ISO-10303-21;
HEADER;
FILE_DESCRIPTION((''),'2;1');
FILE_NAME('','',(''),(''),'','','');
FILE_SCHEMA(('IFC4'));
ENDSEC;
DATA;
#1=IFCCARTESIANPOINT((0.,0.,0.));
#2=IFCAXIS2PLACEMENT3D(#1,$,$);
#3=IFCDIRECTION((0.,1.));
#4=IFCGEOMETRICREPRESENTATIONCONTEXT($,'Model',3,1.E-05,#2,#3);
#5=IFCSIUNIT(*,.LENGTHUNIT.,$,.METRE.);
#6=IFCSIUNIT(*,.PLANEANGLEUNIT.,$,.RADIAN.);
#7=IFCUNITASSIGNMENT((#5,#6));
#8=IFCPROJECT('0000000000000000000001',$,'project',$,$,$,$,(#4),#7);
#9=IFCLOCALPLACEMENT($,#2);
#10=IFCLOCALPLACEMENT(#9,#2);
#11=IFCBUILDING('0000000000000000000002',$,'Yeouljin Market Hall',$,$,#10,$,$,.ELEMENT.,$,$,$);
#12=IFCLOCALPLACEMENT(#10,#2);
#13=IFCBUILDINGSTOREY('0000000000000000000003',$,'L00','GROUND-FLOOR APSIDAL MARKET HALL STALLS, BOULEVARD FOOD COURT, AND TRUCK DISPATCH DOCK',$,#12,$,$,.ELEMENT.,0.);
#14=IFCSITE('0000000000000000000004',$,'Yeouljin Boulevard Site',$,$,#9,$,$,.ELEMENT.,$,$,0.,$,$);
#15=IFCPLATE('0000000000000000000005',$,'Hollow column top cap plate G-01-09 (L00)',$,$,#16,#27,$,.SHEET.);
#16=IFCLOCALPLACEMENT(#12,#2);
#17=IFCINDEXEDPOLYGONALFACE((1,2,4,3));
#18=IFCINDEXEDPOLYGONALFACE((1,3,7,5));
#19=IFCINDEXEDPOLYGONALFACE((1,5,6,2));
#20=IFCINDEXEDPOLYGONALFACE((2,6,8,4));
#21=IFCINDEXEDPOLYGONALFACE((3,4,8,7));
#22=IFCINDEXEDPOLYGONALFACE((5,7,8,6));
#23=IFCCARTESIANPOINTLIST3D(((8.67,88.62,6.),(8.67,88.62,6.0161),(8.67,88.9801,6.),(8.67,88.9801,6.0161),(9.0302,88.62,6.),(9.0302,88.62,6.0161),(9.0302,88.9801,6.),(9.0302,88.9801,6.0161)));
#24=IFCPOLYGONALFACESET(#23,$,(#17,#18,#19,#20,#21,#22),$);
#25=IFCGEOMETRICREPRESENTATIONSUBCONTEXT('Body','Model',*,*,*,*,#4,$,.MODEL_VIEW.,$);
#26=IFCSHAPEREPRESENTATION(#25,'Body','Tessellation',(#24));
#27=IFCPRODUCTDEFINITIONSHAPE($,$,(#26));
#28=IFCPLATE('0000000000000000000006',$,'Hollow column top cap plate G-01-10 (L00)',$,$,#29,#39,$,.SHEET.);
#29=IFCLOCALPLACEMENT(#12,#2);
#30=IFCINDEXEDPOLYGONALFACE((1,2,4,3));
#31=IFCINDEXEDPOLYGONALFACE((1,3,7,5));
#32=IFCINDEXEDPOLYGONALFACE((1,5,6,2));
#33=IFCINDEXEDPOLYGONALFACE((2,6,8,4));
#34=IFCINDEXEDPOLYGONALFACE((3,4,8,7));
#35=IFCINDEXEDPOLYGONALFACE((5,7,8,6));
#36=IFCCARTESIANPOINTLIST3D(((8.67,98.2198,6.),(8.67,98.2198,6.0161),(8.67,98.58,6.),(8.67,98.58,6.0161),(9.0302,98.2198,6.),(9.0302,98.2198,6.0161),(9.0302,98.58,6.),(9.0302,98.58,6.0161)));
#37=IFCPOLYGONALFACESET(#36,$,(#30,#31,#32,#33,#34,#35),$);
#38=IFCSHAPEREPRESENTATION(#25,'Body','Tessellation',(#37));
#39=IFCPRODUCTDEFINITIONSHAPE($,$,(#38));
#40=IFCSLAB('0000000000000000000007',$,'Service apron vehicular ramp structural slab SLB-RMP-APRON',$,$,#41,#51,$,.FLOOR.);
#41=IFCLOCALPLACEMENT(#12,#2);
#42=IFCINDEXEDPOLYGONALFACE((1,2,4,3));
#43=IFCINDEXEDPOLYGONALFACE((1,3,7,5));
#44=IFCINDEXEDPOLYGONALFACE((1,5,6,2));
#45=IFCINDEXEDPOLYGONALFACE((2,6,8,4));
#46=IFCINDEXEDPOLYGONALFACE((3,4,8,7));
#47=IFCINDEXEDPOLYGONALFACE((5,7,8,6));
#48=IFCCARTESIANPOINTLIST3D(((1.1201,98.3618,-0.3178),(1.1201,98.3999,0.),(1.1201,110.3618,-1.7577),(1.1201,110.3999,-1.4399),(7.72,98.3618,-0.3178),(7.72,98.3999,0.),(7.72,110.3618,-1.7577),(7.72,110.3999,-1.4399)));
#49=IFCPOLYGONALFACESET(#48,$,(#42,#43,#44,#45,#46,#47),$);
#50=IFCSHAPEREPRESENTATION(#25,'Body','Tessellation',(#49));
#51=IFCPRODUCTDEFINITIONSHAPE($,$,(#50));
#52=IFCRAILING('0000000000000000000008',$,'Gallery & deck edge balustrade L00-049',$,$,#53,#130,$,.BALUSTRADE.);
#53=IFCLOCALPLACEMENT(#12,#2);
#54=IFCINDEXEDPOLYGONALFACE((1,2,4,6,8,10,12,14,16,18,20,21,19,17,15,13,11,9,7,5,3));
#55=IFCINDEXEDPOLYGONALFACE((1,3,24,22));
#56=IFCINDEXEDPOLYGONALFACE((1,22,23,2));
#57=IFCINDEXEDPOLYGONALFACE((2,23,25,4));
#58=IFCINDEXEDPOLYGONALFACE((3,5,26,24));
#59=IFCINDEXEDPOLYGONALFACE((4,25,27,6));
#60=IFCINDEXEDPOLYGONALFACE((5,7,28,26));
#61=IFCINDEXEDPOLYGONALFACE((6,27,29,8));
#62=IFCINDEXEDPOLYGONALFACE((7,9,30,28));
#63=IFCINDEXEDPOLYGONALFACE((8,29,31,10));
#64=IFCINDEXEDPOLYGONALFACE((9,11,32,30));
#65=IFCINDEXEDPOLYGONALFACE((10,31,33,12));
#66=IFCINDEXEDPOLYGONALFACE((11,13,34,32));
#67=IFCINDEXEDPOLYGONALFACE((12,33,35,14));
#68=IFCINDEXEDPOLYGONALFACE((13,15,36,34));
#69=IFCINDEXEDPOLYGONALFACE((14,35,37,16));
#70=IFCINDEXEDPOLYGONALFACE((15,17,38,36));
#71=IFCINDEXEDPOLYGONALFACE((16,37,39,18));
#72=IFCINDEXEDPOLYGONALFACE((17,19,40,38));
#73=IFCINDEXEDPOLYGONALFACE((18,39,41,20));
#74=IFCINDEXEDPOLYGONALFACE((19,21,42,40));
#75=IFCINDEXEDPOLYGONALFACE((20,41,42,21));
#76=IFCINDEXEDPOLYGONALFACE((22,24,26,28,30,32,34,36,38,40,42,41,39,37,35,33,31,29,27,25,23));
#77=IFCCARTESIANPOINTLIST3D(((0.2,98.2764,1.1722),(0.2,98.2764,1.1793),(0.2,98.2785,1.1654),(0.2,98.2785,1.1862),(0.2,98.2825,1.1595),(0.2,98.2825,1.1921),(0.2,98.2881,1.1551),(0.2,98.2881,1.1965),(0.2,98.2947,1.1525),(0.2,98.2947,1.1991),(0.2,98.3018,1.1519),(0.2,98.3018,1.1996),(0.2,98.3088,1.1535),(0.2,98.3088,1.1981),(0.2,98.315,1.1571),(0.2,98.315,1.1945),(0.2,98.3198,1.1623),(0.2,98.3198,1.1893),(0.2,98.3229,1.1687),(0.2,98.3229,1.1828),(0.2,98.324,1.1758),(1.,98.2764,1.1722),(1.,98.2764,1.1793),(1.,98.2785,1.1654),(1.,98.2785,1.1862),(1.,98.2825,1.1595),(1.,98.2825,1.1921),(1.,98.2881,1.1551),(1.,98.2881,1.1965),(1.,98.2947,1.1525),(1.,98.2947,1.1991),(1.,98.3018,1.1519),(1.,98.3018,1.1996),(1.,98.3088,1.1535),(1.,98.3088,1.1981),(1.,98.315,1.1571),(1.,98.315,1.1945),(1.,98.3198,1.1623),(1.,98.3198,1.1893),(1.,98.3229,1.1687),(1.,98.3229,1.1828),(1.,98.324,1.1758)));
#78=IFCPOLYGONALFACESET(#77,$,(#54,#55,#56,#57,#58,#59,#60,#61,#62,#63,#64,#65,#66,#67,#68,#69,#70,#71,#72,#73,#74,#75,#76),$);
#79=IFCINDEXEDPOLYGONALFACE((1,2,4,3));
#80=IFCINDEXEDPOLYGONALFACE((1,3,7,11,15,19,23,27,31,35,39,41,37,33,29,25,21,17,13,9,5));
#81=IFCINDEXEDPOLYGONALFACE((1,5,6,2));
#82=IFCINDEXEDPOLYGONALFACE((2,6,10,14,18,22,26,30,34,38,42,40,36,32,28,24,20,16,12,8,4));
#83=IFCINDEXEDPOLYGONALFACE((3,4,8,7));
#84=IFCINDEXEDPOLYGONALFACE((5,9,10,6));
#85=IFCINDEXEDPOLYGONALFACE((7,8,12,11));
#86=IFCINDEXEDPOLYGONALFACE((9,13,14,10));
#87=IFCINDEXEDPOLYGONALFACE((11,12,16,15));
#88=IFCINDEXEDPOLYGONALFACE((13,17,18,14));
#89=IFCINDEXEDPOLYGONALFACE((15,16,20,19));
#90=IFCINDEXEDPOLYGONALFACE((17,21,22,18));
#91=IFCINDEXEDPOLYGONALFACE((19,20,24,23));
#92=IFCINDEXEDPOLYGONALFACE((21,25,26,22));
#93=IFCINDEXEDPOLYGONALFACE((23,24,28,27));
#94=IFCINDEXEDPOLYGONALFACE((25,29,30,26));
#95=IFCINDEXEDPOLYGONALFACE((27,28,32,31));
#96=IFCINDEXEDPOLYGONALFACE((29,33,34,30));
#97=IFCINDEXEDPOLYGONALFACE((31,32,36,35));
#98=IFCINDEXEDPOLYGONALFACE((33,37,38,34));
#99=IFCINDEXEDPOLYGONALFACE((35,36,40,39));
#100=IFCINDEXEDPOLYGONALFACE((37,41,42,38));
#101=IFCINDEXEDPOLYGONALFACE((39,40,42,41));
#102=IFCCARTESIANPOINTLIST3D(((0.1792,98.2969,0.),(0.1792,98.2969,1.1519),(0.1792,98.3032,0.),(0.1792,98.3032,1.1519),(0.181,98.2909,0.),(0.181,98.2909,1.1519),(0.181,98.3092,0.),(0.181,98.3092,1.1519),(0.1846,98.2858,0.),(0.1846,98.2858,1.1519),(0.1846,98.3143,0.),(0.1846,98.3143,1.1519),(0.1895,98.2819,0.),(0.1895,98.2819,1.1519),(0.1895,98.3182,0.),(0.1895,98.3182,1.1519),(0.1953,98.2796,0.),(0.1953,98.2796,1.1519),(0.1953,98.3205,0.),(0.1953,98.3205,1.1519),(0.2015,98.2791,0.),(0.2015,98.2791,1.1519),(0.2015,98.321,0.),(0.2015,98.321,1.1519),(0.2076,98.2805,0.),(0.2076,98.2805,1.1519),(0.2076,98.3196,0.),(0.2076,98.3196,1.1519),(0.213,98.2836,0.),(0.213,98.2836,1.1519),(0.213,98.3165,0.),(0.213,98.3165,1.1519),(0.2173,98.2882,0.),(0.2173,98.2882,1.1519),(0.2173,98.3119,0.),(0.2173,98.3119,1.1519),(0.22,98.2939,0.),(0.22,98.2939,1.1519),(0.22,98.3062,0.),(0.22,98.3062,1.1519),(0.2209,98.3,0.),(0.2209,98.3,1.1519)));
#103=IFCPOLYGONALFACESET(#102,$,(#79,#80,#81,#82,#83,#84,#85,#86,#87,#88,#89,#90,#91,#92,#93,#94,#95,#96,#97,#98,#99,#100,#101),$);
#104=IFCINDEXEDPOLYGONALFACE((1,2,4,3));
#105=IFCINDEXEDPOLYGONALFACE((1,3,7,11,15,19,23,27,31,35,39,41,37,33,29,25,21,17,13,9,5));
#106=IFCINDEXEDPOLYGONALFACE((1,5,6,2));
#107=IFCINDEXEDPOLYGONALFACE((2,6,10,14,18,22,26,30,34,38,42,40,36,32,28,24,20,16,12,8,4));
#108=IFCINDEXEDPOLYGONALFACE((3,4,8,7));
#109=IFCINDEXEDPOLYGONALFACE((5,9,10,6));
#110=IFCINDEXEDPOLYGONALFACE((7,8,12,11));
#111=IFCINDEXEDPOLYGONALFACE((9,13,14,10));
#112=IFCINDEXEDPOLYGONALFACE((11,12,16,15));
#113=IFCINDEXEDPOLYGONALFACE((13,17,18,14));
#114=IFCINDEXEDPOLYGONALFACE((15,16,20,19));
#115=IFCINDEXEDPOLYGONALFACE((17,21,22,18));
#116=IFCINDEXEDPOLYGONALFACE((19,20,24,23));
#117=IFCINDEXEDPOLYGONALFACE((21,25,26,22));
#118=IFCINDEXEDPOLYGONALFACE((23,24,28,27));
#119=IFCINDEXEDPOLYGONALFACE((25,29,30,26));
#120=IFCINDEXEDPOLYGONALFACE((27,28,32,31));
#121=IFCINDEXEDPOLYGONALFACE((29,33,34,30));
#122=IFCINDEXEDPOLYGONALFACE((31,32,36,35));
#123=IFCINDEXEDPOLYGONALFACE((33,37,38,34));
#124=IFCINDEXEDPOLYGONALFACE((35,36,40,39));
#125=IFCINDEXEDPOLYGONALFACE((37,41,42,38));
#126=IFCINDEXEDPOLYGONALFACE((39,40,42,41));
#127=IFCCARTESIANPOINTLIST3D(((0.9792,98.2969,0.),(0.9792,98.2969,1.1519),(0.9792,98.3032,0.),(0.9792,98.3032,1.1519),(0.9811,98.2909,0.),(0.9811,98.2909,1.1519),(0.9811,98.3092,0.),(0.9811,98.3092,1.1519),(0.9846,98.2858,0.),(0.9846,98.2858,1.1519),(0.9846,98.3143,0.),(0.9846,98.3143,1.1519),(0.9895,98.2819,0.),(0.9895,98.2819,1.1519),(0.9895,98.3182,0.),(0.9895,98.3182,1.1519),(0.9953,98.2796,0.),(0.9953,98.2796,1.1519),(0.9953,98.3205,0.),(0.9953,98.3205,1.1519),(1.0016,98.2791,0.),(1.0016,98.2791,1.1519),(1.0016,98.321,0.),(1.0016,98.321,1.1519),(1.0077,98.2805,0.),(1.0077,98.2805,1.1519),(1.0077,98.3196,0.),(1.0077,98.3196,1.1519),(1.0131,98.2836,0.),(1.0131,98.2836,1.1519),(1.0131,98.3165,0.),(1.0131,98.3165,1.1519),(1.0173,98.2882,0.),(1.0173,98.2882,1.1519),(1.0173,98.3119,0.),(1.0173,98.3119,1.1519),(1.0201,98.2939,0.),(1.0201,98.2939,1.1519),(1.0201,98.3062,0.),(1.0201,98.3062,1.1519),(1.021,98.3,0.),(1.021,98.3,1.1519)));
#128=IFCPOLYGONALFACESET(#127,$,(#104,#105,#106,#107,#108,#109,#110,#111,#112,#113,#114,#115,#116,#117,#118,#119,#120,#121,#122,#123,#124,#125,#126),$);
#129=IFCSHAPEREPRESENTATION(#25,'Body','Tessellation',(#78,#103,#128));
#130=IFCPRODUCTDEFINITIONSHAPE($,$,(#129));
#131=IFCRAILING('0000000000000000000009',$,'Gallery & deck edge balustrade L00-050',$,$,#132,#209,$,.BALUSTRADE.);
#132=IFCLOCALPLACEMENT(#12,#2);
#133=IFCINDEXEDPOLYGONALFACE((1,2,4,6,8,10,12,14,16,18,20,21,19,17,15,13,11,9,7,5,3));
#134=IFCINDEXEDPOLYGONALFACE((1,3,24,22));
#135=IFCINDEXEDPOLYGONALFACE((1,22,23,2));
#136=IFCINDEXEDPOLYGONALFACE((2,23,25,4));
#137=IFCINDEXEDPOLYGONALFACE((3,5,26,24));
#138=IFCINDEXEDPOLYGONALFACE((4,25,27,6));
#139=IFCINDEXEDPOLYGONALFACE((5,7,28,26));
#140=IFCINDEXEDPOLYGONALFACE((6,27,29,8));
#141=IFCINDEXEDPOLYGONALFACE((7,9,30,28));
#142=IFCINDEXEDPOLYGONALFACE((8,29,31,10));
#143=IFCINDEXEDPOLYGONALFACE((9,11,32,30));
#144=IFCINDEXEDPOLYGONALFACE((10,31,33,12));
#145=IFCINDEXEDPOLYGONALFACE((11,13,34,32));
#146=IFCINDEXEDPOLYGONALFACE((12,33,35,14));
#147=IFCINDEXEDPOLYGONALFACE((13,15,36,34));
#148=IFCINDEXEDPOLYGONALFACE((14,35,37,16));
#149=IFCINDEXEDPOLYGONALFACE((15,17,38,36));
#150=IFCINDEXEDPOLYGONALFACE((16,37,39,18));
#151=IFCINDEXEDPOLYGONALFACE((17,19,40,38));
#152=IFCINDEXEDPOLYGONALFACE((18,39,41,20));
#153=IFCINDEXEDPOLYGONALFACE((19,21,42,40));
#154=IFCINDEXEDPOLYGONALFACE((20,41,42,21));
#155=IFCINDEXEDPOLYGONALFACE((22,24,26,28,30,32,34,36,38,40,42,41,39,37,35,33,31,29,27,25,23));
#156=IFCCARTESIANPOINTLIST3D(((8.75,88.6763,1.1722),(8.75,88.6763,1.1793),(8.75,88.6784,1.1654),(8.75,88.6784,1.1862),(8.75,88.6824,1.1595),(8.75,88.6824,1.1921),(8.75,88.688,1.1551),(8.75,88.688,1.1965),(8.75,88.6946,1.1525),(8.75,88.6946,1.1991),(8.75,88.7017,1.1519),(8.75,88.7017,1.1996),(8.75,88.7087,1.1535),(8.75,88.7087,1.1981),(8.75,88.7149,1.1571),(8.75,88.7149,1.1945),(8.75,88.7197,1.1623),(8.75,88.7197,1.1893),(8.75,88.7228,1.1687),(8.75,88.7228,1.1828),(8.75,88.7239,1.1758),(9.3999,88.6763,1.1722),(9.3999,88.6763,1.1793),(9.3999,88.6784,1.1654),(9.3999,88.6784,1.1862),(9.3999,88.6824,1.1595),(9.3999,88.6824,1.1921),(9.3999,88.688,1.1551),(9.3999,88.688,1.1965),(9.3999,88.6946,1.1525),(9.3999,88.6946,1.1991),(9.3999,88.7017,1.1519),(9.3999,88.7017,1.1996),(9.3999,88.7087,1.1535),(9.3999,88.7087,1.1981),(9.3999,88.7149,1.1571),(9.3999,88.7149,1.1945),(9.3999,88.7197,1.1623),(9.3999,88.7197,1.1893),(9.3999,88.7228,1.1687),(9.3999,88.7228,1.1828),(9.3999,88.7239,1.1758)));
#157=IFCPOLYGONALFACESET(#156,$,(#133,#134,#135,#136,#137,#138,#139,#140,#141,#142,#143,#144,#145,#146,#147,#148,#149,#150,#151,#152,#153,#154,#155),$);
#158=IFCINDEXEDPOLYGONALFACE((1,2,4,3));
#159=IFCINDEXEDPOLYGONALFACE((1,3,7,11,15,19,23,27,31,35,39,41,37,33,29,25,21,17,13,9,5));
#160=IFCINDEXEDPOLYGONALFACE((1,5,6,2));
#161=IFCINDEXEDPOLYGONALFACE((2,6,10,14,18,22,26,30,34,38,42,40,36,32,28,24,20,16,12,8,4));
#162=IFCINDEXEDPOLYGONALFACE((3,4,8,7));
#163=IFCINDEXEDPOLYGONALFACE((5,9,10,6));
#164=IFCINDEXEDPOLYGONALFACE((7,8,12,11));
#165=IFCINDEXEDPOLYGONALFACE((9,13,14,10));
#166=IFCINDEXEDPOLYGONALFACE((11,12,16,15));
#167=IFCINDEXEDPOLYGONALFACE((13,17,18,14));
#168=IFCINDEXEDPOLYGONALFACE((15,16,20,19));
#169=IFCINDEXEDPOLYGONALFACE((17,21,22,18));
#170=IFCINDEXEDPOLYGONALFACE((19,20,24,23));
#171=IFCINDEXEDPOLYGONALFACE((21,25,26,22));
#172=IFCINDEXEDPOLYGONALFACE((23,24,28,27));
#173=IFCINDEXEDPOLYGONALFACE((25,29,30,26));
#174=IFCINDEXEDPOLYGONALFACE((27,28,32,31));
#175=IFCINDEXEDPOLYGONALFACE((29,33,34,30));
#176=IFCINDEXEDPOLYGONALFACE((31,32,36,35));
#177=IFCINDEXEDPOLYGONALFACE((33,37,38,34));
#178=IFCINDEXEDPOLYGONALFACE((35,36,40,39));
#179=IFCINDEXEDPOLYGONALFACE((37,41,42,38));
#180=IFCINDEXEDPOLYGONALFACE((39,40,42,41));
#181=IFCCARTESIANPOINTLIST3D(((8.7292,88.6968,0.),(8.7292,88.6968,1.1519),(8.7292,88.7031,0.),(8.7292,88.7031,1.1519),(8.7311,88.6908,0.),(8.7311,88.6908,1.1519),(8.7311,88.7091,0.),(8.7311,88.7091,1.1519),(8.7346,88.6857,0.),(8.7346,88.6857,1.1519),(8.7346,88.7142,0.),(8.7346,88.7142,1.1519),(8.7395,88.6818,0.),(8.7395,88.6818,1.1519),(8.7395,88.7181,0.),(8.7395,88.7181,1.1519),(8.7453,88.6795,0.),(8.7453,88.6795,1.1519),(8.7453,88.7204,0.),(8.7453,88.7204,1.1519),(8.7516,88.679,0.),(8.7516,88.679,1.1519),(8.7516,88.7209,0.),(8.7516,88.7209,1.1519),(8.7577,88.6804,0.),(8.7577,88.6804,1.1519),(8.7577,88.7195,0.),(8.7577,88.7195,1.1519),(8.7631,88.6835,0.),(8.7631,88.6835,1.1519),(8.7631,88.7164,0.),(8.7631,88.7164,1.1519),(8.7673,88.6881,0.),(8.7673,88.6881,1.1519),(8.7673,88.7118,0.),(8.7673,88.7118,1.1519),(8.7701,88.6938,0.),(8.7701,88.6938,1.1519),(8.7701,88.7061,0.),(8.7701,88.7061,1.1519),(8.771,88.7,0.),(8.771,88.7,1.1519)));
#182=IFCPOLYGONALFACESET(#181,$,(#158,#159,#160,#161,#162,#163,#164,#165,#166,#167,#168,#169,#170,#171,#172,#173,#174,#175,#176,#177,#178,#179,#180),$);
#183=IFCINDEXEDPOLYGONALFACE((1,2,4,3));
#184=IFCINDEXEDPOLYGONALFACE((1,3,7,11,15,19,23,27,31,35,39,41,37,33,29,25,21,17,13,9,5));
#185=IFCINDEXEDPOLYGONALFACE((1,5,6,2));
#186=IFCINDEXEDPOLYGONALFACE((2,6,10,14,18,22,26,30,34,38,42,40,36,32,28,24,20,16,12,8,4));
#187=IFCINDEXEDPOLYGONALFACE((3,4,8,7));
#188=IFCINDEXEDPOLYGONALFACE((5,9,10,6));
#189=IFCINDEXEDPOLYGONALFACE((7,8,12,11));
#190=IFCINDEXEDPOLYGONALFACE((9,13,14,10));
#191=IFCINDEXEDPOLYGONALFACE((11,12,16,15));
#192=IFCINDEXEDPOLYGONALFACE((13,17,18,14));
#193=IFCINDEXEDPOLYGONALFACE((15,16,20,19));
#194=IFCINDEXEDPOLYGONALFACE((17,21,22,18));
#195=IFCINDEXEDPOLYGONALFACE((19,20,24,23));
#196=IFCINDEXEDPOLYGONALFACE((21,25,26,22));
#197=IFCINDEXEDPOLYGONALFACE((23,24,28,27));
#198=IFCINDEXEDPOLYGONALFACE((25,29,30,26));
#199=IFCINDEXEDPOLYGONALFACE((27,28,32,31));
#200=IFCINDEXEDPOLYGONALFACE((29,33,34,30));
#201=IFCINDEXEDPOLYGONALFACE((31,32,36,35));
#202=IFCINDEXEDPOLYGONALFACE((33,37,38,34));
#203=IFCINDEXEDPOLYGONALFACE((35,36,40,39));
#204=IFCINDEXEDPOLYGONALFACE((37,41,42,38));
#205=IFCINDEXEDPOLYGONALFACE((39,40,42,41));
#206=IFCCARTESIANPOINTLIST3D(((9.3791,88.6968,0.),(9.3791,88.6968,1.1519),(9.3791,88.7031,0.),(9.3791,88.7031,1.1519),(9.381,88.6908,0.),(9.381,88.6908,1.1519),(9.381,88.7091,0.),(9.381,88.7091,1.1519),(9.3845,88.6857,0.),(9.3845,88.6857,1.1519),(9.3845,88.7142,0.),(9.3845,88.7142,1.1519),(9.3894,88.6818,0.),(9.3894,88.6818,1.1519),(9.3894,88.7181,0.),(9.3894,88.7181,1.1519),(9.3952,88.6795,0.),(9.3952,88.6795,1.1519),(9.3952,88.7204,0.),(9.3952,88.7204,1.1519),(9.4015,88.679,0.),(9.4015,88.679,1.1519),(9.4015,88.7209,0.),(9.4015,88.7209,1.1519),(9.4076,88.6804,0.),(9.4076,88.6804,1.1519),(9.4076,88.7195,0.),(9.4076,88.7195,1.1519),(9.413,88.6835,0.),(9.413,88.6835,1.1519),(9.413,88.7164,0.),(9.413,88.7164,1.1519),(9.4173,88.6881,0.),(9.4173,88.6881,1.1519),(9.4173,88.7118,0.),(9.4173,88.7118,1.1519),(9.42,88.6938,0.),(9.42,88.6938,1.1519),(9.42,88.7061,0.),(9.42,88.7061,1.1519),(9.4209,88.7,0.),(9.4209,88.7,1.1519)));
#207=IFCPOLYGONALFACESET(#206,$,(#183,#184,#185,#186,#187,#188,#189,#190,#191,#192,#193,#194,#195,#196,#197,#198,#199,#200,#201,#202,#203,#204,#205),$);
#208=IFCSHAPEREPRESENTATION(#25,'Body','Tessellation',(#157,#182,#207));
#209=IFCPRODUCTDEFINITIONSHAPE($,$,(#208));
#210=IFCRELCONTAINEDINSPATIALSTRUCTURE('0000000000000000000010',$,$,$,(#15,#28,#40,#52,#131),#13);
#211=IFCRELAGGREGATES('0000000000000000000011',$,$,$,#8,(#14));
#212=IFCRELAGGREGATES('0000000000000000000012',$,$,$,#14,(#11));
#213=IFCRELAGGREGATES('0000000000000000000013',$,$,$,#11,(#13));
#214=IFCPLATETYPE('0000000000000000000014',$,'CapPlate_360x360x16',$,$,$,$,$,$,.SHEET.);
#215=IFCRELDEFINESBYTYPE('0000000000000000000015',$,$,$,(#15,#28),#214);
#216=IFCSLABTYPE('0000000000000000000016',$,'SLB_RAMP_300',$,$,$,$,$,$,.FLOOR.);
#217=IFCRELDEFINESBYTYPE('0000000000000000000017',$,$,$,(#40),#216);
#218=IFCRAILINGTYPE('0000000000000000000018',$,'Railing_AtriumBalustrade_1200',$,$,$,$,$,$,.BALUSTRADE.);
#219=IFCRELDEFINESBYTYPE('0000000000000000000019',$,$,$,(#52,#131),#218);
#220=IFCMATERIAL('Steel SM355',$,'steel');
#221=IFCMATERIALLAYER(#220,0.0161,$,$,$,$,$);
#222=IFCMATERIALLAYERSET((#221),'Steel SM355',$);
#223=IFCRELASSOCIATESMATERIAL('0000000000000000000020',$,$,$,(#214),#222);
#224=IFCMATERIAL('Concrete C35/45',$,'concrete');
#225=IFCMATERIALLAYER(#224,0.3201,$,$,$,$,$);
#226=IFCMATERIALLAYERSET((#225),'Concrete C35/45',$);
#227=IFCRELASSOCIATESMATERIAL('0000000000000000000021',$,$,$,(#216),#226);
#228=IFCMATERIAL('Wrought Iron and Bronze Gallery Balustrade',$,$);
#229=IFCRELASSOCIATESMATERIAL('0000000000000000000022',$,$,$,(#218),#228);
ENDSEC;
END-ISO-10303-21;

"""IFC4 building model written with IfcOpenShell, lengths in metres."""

from ifc_helpers import new_model, si_unit, direction, frame, origin, origin_2d, place, context, subcontext, project, spatial, polyline, rectangle, circle, outline, extrude, material, layer, layer_set, type_object, element, save


model = new_model("IFC4")

# Units and contexts
model_context = context("Model", 3, precision=1e-05, world=origin(), true_north=direction((0.0, 1.0)))
body_context = subcontext(model_context, "Body", "Model", "MODEL_VIEW")
ifc_project = project(units=[si_unit("LENGTHUNIT", "METRE"), si_unit("PLANEANGLEUNIT", "RADIAN")], contexts=[model_context])

# Site, building, storey
site_placement = place(None, origin())
site = spatial("IfcSite", under=ifc_project, at=site_placement, Name="Yeouljin Boulevard Site", CompositionType="ELEMENT", RefElevation=0.0)
building_placement = place(site_placement, origin())
building = spatial("IfcBuilding", under=site, at=building_placement, Name="Yeouljin Market Hall", CompositionType="ELEMENT")
storey_placement = place(building_placement, origin())
storey = spatial("IfcBuildingStorey", under=building, at=storey_placement, Name="L00", Description="GROUND-FLOOR APSIDAL MARKET HALL STALLS, BOULEVARD FOOD COURT, AND TRUCK DISPATCH DOCK", CompositionType="ELEMENT", Elevation=0.0)

# Plates
ifc_material_1 = material(Name="Steel SM355", Category="steel")
ifc_layer_1 = layer(ifc_material_1, 0.0161)
ifc_layer_set_1 = layer_set([ifc_layer_1], Name="Steel SM355")
plate_type_1 = type_object("IfcPlateType", Name="CapPlate_360x360x16", PredefinedType="SHEET", material=ifc_layer_set_1)
for number, where, z_axis, x_axis, name in (
    (1, (8.8501, 88.8, 6.0), (0.0, 0.0, 1.0), (1.0, 0.0, 0.0), "Hollow column top cap plate G-01-09 (L00)"),
    (2, (8.8501, 98.3999, 6.0), (0.0, 0.0, 1.0), (1.0, 0.0, 0.0), "Hollow column top cap plate G-01-10 (L00)"),
):
    element("IfcPlate", number, at=place(storey_placement, frame(where, z_axis=z_axis, x_axis=x_axis)), inside=storey, type_object=plate_type_1, Name=name, PredefinedType="SHEET", context=body_context, shape_type="SweptSolid", body=[
        extrude(rectangle(XDim=0.3601, YDim=0.3601, at=origin_2d()), origin(), (0.0, 0.0, 1.0), 0.0161),
    ])

# Slab
ifc_material_2 = material(Name="Concrete C35/45", Category="concrete")
ifc_layer_2 = layer(ifc_material_2, 0.3201)
ifc_layer_set_2 = layer_set([ifc_layer_2], Name="Concrete C35/45")
slab_type = type_object("IfcSlabType", Name="SLB_RAMP_300", PredefinedType="FLOOR", material=ifc_layer_set_2)
slab_placement = place(storey_placement, frame((1.1201, 98.3999, 0.0), z_axis=(0.0, 0.11914, 0.992877), x_axis=(0.0, 0.992877, -0.11914)))
element("IfcSlab", 3, at=slab_placement, inside=storey, type_object=slab_type, Name="Service apron vehicular ramp structural slab SLB-RMP-APRON", PredefinedType="FLOOR", context=body_context, shape_type="SweptSolid", body=[
    extrude(outline(polyline([(0.0, 0.0), (12.0861, 0.0), (12.0861, -6.5999), (0.0, -6.5999), (0.0, 0.0)])), origin(), (0.0, 0.0, -1.0), 0.3201),
])

# Railings
ifc_material_3 = material(Name="Wrought Iron and Bronze Gallery Balustrade")
railing_type_1 = type_object("IfcRailingType", Name="Railing_AtriumBalustrade_1200", PredefinedType="BALUSTRADE", material=ifc_material_3)
railing_1_placement = place(storey_placement, frame((0.2, 98.3, 0.0)))
element("IfcRailing", 4, at=railing_1_placement, inside=storey, type_object=railing_type_1, Name="Gallery & deck edge balustrade L00-049", PredefinedType="BALUSTRADE", context=body_context, shape_type="SweptSolid", body=[
    extrude(circle(Radius=0.0239, at=origin_2d()), frame((0.0, 0.0, 1.1758), z_axis=(1.0, 0.0, 0.0), x_axis=(0.0, 1.0, 0.0)), (0.0, 0.0, 1.0), 0.8),
    extrude(circle(Radius=0.021, at=origin_2d()), origin(), (0.0, 0.0, 1.0), 1.1519),
    extrude(circle(Radius=0.021, at=origin_2d()), frame((0.8, 0.0, 0.0)), (0.0, 0.0, 1.0), 1.1519),
])
railing_2_placement = place(storey_placement, frame((8.75, 88.7, 0.0)))
element("IfcRailing", 5, at=railing_2_placement, inside=storey, type_object=railing_type_1, Name="Gallery & deck edge balustrade L00-050", PredefinedType="BALUSTRADE", context=body_context, shape_type="SweptSolid", body=[
    extrude(circle(Radius=0.0239, at=origin_2d()), frame((0.0, 0.0, 1.1758), z_axis=(1.0, 0.0, 0.0), x_axis=(0.0, 1.0, 0.0)), (0.0, 0.0, 1.0), 0.6499),
    extrude(circle(Radius=0.021, at=origin_2d()), origin(), (0.0, 0.0, 1.0), 1.1519),
    extrude(circle(Radius=0.021, at=origin_2d()), frame((0.6499, 0.0, 0.0)), (0.0, 0.0, 1.0), 1.1519),
])

save(model, "model.ifc")
